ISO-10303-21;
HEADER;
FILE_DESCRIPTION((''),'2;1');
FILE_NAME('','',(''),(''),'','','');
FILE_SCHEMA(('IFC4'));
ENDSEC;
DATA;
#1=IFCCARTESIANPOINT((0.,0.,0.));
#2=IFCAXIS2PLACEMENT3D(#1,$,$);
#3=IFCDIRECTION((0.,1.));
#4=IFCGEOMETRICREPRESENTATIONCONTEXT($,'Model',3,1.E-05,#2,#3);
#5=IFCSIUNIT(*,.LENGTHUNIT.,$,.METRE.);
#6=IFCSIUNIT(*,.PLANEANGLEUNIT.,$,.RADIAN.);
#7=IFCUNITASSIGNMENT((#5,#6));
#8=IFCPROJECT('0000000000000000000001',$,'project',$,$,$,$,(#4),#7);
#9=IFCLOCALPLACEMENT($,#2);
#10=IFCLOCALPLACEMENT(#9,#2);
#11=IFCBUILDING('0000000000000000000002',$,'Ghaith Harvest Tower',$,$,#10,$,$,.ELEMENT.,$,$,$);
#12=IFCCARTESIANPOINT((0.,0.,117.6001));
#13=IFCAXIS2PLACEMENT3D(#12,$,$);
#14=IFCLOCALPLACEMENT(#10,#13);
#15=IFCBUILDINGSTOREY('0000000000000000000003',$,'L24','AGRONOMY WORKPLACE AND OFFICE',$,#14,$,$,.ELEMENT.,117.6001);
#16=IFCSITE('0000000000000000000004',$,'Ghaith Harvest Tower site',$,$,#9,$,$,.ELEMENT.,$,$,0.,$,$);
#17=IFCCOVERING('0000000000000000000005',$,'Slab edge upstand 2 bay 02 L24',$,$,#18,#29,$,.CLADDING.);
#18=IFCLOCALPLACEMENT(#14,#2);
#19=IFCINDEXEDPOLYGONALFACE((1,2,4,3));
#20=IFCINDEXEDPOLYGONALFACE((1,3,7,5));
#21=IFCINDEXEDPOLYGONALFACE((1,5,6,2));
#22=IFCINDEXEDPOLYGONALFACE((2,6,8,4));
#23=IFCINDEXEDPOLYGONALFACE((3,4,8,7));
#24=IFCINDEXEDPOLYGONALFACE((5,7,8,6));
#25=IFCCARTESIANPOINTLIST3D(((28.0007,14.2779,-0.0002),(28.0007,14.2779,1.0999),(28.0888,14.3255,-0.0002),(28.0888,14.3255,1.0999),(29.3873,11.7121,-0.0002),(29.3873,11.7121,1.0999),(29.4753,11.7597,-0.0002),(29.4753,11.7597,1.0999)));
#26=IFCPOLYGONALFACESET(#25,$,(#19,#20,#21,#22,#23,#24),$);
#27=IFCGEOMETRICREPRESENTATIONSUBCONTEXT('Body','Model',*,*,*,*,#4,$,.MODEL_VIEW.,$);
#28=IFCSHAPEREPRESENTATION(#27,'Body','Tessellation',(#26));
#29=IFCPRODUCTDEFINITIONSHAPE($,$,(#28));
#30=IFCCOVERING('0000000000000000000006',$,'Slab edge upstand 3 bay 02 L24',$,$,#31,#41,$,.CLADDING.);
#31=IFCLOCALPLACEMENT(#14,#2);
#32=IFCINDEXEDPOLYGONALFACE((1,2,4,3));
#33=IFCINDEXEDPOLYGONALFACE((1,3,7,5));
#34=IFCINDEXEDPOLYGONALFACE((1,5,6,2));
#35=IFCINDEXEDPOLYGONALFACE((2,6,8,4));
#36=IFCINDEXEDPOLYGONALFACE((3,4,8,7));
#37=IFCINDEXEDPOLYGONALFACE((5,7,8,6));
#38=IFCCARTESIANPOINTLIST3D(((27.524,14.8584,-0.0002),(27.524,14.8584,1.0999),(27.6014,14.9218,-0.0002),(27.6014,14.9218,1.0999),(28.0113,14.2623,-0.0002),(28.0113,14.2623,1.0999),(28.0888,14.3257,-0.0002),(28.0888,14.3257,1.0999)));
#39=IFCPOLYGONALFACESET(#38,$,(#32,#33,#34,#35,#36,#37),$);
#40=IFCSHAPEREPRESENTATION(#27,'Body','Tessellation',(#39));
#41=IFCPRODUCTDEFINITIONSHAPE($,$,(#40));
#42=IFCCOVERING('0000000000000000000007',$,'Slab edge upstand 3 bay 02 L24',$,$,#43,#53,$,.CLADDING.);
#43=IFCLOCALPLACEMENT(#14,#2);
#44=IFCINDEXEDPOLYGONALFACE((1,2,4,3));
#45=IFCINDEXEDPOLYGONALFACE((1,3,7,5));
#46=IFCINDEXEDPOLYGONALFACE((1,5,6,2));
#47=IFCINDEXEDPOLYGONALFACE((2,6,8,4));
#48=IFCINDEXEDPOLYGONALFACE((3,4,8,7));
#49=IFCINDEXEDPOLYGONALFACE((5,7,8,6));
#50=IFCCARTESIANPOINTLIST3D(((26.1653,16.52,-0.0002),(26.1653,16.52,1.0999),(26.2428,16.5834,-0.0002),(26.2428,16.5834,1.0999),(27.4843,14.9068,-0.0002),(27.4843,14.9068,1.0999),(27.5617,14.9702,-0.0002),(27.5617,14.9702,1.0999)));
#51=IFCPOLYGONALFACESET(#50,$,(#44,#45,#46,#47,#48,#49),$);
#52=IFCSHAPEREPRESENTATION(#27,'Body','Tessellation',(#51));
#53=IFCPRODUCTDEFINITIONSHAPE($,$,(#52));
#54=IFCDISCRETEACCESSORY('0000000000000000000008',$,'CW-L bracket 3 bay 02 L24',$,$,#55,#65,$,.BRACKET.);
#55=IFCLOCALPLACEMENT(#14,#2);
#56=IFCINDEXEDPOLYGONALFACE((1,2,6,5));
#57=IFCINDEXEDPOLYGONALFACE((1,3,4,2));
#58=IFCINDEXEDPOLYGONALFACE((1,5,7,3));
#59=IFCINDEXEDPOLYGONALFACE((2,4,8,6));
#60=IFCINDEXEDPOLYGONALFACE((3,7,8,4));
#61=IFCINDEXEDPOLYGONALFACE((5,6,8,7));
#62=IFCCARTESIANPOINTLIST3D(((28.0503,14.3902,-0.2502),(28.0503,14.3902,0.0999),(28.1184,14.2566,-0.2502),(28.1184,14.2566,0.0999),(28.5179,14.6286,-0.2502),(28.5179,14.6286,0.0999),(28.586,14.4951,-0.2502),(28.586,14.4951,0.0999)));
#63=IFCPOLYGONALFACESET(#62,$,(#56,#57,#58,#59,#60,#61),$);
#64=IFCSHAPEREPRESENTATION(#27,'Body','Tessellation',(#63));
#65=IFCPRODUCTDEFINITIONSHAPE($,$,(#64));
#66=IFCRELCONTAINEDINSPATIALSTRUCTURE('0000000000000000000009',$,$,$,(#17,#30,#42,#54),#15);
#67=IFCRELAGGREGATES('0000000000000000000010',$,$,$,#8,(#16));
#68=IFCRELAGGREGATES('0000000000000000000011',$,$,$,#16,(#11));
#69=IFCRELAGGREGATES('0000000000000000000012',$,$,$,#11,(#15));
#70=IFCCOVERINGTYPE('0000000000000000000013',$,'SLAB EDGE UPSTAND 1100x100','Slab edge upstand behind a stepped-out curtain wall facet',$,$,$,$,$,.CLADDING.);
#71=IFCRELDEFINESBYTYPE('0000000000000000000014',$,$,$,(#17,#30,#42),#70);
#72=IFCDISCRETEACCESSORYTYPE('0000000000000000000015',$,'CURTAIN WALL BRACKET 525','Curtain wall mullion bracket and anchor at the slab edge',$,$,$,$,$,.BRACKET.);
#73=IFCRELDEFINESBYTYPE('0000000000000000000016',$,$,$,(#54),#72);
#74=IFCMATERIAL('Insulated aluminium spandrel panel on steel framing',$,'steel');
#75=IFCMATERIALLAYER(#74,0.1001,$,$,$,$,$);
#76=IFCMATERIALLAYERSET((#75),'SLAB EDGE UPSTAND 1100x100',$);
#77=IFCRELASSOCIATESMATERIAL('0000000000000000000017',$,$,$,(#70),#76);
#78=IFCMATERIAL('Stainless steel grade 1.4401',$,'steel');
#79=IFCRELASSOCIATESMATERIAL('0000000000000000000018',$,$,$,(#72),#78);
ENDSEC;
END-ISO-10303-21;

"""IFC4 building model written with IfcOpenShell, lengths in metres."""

from ifc_helpers import new_model, si_unit, direction, frame, origin, origin_2d, place, context, subcontext, project, spatial, rectangle, extrude, material, layer, layer_set, type_object, element, save


model = new_model("IFC4")

# Units and contexts
model_context = context("Model", 3, precision=1e-05, world=origin(), true_north=direction((0.0, 1.0)))
body_context = subcontext(model_context, "Body", "Model", "MODEL_VIEW")
ifc_project = project(units=[si_unit("LENGTHUNIT", "METRE"), si_unit("PLANEANGLEUNIT", "RADIAN")], contexts=[model_context])

# Site, building, storey
site_placement = place(None, origin())
site = spatial("IfcSite", under=ifc_project, at=site_placement, Name="Ghaith Harvest Tower site", CompositionType="ELEMENT", RefElevation=0.0)
building_placement = place(site_placement, origin())
building = spatial("IfcBuilding", under=site, at=building_placement, Name="Ghaith Harvest Tower", CompositionType="ELEMENT")
storey_placement = place(building_placement, frame((0.0, 0.0, 117.6001)))
storey = spatial("IfcBuildingStorey", under=building, at=storey_placement, Name="L24", Description="AGRONOMY WORKPLACE AND OFFICE", CompositionType="ELEMENT", Elevation=117.6001)

# Coverings
ifc_material_1 = material(Name="Insulated aluminium spandrel panel on steel framing", Category="steel")
ifc_layer_1 = layer(ifc_material_1, 0.1001)
ifc_layer_set_1 = layer_set([ifc_layer_1], Name="SLAB EDGE UPSTAND 1100x100")
covering_type = type_object("IfcCoveringType", Name="SLAB EDGE UPSTAND 1100x100", Description="Slab edge upstand behind a stepped-out curtain wall facet", PredefinedType="CLADDING", material=ifc_layer_set_1)
covering_1_placement = place(storey_placement, frame((28.738, 13.0188, -0.0002), z_axis=(0.0, 0.0, 1.0), x_axis=(-0.475409, 0.879765, 0.0)))
element("IfcCovering", 1, at=covering_1_placement, inside=storey, type_object=covering_type, Name="Slab edge upstand 2 bay 02 L24", PredefinedType="CLADDING", context=body_context, shape_type="SweptSolid", body=[
    extrude(rectangle(XDim=2.9165, YDim=0.1001, at=origin_2d()), origin(), (0.0, 0.0, 1.0), 1.1001),
])
covering_2_placement = place(storey_placement, frame((27.8064, 14.592, -0.0002), z_axis=(0.0, 0.0, 1.0), x_axis=(-0.63297, 0.774177, 0.0)))
element("IfcCovering", 2, at=covering_2_placement, inside=storey, type_object=covering_type, Name="Slab edge upstand 3 bay 02 L24", PredefinedType="CLADDING", context=body_context, shape_type="SweptSolid", body=[
    extrude(rectangle(XDim=0.77, YDim=0.1001, at=origin_2d()), origin(), (0.0, 0.0, 1.0), 1.1001),
])
covering_3_placement = place(storey_placement, frame((26.8635, 15.7451, -0.0002), z_axis=(0.0, 0.0, 1.0), x_axis=(-0.63297, 0.774177, 0.0)))
element("IfcCovering", 3, at=covering_3_placement, inside=storey, type_object=covering_type, Name="Slab edge upstand 3 bay 02 L24", PredefinedType="CLADDING", context=body_context, shape_type="SweptSolid", body=[
    extrude(rectangle(XDim=2.0837, YDim=0.1001, at=origin_2d()), origin(), (0.0, 0.0, 1.0), 1.1001),
])

# Discrete accessory
ifc_material_2 = material(Name="Stainless steel grade 1.4401", Category="steel")
discrete_accessory_type = type_object("IfcDiscreteAccessoryType", Name="CURTAIN WALL BRACKET 525", Description="Curtain wall mullion bracket and anchor at the slab edge", PredefinedType="BRACKET", material=ifc_material_2)
discrete_accessory_placement = place(storey_placement, frame((28.3181, 14.4426, -0.2502), z_axis=(0.0, 0.0, 1.0), x_axis=(0.890831, 0.454335, 0.0)))
element("IfcDiscreteAccessory", 4, at=discrete_accessory_placement, inside=storey, type_object=discrete_accessory_type, Name="CW-L bracket 3 bay 02 L24", PredefinedType="BRACKET", context=body_context, shape_type="SweptSolid", body=[
    extrude(rectangle(XDim=0.5249, YDim=0.1499, at=origin_2d()), origin(), (0.0, 0.0, 1.0), 0.3501),
])

save(model, "model.ifc")
